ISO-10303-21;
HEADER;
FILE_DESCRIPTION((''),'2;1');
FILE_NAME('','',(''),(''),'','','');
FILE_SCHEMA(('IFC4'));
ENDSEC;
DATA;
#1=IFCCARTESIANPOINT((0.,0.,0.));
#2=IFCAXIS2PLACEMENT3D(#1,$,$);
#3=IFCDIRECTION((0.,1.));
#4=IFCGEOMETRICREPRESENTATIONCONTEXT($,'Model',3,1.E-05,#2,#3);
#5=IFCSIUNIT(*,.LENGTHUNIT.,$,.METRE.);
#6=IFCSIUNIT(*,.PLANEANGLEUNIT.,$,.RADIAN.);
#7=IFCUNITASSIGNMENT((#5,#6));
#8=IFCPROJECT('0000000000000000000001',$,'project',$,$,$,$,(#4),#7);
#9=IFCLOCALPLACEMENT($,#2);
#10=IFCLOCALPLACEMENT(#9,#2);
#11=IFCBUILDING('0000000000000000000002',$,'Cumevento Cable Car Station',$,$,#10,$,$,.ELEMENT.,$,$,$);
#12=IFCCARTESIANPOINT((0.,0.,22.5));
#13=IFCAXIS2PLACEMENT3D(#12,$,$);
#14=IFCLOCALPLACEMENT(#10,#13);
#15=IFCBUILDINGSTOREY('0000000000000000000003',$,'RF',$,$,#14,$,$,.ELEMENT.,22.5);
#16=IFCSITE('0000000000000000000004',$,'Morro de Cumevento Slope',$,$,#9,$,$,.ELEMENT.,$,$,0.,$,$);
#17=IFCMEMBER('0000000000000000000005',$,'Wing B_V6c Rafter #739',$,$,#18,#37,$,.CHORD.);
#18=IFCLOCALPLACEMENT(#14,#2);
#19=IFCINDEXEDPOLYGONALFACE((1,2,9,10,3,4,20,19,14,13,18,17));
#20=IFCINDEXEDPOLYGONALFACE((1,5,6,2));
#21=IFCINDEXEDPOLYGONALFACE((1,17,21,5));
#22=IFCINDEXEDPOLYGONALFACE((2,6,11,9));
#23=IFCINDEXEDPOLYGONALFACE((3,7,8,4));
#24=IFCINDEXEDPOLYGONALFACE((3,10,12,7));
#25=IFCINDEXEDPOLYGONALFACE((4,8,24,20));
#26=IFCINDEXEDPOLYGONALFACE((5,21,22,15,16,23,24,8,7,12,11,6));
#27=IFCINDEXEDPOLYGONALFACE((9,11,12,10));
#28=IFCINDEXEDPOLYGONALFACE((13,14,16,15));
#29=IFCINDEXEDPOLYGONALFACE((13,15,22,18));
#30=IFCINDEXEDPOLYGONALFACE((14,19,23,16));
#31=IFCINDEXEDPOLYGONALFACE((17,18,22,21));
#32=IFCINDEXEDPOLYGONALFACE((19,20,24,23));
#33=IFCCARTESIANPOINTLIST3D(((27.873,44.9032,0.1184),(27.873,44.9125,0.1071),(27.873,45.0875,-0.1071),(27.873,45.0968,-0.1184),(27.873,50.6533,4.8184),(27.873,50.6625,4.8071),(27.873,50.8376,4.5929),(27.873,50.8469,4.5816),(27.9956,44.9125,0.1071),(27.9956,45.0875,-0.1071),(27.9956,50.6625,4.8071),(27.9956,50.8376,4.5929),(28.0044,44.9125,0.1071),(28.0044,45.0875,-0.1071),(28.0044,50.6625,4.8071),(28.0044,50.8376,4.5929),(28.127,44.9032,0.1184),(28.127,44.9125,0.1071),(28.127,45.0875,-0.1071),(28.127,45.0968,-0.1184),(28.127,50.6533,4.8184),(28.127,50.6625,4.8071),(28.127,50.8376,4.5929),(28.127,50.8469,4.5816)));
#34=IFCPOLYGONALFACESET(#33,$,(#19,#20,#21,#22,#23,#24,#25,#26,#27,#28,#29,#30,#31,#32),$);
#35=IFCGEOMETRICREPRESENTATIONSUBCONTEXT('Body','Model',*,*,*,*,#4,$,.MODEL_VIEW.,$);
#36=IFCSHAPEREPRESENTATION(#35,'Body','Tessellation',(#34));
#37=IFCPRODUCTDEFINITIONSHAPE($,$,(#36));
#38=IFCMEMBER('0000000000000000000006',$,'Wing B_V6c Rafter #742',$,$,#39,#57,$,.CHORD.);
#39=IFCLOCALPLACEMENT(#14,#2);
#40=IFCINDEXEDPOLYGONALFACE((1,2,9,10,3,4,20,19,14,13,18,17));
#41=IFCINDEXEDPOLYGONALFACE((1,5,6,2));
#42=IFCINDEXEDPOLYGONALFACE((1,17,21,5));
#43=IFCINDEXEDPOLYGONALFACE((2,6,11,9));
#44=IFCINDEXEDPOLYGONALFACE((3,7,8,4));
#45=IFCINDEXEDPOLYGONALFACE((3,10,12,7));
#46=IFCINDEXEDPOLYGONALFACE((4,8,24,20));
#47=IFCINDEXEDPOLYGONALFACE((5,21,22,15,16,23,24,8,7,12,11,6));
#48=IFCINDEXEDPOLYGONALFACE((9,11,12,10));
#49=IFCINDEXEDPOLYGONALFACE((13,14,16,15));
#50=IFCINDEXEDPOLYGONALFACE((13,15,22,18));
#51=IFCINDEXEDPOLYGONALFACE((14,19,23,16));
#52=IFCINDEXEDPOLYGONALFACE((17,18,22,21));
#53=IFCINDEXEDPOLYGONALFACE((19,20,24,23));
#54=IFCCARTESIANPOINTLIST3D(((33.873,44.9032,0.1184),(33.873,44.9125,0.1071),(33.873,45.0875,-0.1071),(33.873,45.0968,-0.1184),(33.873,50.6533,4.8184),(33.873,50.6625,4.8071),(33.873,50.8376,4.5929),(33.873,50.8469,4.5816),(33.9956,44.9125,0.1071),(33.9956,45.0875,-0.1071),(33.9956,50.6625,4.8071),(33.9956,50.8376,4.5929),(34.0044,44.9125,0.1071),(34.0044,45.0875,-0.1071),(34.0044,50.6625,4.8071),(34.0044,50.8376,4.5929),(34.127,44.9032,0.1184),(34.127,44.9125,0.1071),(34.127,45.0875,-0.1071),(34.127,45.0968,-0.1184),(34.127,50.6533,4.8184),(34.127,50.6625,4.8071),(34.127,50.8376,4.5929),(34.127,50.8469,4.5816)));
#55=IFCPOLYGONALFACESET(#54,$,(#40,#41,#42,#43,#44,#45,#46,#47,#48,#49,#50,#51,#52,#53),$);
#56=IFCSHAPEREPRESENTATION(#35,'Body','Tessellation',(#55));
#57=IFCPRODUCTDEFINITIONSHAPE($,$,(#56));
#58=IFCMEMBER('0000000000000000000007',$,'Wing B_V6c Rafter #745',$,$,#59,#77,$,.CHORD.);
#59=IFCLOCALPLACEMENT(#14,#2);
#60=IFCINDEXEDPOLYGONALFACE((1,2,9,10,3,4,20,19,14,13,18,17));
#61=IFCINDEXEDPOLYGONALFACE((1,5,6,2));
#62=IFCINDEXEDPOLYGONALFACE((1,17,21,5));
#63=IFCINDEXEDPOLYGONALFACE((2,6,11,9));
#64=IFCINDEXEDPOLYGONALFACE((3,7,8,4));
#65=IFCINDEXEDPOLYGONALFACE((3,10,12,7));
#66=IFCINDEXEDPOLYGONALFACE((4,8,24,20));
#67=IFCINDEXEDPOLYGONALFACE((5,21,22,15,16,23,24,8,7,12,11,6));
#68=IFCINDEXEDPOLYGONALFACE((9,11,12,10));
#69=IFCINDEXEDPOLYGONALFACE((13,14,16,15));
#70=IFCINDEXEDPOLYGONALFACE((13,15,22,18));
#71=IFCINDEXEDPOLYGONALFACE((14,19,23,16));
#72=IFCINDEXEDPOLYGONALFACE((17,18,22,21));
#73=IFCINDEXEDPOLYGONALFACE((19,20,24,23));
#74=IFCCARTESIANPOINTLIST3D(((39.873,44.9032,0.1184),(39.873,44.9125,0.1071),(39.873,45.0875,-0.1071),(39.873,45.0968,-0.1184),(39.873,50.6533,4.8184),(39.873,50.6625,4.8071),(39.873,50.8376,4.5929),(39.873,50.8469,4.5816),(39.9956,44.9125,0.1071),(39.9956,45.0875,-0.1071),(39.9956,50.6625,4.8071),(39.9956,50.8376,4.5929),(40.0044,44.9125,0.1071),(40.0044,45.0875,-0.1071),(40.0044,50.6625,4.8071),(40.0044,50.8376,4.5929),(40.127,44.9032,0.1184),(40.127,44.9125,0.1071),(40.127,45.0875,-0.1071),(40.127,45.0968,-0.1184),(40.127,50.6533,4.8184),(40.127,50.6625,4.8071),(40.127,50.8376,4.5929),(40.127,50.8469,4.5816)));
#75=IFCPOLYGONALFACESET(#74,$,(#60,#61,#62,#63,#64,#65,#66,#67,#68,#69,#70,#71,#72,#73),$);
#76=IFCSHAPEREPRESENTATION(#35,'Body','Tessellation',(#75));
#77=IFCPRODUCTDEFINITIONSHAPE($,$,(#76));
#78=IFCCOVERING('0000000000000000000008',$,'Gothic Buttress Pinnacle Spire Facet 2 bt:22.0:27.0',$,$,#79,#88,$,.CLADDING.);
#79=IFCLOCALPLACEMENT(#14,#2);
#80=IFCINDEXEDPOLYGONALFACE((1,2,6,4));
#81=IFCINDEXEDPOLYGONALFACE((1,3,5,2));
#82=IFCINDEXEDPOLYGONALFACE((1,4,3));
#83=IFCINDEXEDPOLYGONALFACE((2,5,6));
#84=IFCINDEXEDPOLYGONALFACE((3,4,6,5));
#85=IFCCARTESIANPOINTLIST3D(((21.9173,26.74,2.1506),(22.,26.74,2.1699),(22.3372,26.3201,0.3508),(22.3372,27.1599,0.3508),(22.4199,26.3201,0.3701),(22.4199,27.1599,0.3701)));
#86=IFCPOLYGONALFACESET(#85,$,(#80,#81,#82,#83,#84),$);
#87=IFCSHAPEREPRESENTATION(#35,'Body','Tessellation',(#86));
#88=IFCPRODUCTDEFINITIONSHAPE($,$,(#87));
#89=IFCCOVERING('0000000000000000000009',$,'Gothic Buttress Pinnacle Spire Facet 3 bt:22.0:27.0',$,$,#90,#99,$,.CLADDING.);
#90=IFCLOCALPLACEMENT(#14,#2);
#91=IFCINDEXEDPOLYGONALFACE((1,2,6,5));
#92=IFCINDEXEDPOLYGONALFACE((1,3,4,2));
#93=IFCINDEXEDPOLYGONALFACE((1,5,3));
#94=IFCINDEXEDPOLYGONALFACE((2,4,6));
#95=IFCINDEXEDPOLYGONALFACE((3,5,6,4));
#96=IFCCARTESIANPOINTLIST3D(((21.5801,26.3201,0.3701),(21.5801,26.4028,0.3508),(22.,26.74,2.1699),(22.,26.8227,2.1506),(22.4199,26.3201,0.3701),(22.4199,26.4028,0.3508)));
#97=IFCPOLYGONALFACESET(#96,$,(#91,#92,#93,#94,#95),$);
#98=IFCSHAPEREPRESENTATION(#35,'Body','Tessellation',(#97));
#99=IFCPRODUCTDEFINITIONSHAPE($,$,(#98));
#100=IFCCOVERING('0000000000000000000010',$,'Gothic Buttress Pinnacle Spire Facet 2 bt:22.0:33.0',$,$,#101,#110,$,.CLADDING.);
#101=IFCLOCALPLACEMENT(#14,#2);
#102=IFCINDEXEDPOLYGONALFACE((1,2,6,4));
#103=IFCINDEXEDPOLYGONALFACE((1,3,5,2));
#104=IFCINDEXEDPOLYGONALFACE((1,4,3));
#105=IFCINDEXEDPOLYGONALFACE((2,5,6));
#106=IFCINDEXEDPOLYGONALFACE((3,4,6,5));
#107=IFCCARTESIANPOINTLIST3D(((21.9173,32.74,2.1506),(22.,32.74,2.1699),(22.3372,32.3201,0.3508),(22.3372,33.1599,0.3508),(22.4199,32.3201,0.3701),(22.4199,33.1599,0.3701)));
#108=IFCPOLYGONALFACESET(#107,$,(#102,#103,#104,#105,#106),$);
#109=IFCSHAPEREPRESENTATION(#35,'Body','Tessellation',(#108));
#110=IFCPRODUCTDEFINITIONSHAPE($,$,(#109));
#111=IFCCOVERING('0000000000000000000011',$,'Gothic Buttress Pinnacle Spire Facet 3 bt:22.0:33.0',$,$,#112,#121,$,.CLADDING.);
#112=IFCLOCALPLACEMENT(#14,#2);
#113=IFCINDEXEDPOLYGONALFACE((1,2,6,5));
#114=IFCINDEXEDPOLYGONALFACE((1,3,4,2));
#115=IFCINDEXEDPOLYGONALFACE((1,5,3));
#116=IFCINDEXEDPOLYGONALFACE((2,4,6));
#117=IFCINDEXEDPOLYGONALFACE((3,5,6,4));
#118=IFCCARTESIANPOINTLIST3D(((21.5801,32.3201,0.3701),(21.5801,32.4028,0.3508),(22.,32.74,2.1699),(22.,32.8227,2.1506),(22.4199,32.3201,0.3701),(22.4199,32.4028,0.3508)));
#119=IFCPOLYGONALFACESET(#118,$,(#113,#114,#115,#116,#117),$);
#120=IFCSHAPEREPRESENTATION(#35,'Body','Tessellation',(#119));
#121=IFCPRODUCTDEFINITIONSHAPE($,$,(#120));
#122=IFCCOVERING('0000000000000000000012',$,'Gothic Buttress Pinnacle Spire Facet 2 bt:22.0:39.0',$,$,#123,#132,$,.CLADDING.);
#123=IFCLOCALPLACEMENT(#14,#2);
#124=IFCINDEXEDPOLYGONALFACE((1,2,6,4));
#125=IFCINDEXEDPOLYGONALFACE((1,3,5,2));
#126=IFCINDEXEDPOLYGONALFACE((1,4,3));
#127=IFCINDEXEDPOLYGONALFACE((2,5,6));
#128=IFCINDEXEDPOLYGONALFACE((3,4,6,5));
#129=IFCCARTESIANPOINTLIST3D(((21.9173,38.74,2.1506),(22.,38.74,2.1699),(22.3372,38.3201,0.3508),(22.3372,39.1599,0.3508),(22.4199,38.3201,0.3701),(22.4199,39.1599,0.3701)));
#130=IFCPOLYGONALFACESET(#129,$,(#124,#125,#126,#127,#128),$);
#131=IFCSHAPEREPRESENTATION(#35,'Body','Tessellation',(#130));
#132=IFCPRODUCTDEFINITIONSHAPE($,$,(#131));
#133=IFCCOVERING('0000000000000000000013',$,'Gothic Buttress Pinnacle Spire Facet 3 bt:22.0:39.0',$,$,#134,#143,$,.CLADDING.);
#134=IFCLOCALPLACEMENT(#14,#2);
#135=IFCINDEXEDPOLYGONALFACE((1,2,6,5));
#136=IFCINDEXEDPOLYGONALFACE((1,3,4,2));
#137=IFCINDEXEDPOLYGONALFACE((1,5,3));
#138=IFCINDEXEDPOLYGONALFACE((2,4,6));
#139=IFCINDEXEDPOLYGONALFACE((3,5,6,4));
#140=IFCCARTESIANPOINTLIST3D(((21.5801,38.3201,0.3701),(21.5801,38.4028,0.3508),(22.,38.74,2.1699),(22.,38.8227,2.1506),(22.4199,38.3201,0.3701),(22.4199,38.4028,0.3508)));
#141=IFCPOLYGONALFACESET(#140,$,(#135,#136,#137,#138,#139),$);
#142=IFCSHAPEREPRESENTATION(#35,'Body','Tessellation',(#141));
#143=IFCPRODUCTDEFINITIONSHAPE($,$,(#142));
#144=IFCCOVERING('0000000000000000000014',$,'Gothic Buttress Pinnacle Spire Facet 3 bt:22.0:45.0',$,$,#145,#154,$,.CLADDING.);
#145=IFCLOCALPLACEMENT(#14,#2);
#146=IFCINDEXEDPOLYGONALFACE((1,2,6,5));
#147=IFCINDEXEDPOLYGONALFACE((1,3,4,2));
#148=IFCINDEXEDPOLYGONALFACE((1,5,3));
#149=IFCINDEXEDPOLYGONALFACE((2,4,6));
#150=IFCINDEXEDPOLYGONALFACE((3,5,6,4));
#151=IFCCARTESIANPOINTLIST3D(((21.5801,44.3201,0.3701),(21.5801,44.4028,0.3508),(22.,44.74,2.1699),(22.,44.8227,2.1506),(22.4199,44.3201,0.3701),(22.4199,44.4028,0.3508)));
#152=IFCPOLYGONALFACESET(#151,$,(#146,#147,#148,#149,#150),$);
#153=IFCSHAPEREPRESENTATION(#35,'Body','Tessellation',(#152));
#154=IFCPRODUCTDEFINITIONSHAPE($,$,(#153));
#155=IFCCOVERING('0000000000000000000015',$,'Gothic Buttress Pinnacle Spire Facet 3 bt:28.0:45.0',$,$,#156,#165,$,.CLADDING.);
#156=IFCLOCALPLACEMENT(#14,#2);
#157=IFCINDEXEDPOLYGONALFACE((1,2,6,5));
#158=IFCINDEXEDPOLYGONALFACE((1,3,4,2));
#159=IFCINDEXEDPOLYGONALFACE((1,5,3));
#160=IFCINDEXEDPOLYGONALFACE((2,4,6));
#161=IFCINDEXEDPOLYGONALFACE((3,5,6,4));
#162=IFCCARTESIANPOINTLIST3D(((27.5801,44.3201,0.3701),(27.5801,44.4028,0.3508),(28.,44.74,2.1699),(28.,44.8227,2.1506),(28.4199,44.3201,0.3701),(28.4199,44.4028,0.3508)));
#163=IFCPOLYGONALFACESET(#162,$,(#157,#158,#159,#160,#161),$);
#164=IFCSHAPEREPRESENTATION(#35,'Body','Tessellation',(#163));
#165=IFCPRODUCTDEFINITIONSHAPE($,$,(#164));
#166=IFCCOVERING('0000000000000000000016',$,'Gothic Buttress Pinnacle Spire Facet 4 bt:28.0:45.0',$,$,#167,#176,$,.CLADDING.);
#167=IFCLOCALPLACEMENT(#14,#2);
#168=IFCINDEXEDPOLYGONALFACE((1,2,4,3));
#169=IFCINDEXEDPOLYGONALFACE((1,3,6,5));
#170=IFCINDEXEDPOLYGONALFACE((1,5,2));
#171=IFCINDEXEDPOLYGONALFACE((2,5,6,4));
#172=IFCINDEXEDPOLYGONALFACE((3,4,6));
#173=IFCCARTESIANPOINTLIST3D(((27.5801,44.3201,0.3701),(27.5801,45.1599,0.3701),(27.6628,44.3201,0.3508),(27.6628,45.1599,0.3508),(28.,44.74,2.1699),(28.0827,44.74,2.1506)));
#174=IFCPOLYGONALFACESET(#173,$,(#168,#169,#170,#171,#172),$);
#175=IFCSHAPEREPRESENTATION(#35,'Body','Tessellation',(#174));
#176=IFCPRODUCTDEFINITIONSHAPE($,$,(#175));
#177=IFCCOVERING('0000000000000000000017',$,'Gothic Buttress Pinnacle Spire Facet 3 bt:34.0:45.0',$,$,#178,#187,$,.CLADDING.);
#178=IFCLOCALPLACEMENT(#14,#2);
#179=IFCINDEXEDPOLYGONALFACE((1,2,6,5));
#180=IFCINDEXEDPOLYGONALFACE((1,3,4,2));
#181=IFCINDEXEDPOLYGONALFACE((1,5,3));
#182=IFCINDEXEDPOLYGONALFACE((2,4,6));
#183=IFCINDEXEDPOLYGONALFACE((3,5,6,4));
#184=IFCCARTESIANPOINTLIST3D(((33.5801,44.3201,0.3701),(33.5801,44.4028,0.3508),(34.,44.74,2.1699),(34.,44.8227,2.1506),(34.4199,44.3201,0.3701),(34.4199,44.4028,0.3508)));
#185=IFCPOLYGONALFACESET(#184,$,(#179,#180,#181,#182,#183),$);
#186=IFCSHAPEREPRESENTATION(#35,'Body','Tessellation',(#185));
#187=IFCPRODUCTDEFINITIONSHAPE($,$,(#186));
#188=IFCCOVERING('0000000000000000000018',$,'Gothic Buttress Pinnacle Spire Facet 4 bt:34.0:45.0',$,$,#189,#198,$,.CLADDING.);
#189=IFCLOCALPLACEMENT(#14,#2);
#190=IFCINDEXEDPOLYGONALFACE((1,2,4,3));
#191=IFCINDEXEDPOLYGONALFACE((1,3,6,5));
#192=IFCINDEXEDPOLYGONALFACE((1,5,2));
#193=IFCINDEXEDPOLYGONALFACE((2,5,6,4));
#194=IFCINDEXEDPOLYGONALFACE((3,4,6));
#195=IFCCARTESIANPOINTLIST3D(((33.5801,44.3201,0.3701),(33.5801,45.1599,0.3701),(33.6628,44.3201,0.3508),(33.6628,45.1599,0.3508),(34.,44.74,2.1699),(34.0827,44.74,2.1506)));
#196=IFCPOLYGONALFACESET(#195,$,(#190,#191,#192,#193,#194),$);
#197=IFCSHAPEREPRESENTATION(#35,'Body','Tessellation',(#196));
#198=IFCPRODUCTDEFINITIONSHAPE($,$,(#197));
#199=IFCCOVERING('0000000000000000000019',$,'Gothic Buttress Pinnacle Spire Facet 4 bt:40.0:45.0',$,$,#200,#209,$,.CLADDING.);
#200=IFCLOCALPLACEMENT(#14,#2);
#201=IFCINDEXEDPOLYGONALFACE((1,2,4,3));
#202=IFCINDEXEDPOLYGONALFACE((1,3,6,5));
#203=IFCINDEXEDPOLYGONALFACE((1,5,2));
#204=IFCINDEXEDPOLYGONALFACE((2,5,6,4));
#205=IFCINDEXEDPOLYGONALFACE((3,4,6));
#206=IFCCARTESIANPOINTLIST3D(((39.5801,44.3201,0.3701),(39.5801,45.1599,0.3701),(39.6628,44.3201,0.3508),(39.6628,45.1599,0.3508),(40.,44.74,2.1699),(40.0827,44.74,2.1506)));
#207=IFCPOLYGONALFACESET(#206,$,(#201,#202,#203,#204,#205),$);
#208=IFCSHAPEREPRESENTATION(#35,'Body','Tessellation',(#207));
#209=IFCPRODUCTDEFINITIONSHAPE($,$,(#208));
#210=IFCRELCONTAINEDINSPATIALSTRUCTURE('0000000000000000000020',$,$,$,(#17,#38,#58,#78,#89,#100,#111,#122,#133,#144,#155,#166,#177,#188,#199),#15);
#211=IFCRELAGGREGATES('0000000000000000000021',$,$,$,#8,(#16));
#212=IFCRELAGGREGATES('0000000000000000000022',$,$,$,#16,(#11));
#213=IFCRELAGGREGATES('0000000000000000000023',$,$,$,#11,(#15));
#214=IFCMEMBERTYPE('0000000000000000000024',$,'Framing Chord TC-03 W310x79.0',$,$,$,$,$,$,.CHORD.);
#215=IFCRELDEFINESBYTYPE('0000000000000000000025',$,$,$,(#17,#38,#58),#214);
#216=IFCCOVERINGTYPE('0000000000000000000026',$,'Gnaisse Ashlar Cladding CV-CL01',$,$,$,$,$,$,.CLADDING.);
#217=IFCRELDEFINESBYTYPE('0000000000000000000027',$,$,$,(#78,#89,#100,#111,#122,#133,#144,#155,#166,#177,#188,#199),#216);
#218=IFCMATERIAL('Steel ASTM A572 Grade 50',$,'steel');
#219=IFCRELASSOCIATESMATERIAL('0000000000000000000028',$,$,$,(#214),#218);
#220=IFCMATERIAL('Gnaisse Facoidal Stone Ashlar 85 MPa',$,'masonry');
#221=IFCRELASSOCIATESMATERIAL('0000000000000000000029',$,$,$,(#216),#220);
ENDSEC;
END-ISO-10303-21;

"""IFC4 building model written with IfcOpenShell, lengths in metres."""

from ifc_helpers import new_model, si_unit, direction, frame, origin, origin_2d, place, context, subcontext, project, spatial, polyline, i_section, outline, extrude, material, material_profile, profile_set, type_object, element, save


model = new_model("IFC4")

# Units and contexts
model_context = context("Model", 3, precision=1e-05, world=origin(), true_north=direction((0.0, 1.0)))
body_context = subcontext(model_context, "Body", "Model", "MODEL_VIEW")
ifc_project = project(units=[si_unit("LENGTHUNIT", "METRE"), si_unit("PLANEANGLEUNIT", "RADIAN")], contexts=[model_context])

# Site, building, storey
site_placement = place(None, origin())
site = spatial("IfcSite", under=ifc_project, at=site_placement, Name="Morro de Cumevento Slope", CompositionType="ELEMENT", RefElevation=0.0)
building_placement = place(site_placement, origin())
building = spatial("IfcBuilding", under=site, at=building_placement, Name="Cumevento Cable Car Station", CompositionType="ELEMENT")
storey_placement = place(building_placement, frame((0.0, 0.0, 22.5)))
storey = spatial("IfcBuildingStorey", under=building, at=storey_placement, Name="RF", CompositionType="ELEMENT", Elevation=22.5)

# Members
ifc_material_1 = material(Name="Steel ASTM A572 Grade 50", Category="steel")
ifc_material_profile = material_profile(ifc_material_1, i_section(OverallWidth=0.2539, OverallDepth=0.3059, WebThickness=0.0088, FlangeThickness=0.0146, at=origin_2d()), Name="W310x79.0")
ifc_profile_set = profile_set([ifc_material_profile], Name="Steel ASTM A572 Grade 50")
member_type = type_object("IfcMemberType", Name="Framing Chord TC-03 W310x79.0", PredefinedType="CHORD", material=ifc_profile_set)
for number, where, z_axis, x_axis, name in (
    (1, (28.0, 45.0, 0.0), (0.0, 0.77426, 0.632867), (-1.0, 0.0, 0.0), "Wing B_V6c Rafter #739"),
    (2, (34.0, 45.0, 0.0), (0.0, 0.77426, 0.632867), (-1.0, 0.0, 0.0), "Wing B_V6c Rafter #742"),
    (3, (40.0, 45.0, 0.0), (0.0, 0.77426, 0.632867), (-1.0, 0.0, 0.0), "Wing B_V6c Rafter #745"),
):
    element("IfcMember", number, at=place(storey_placement, frame(where, z_axis=z_axis, x_axis=x_axis)), inside=storey, type_object=member_type, Name=name, PredefinedType="CHORD", context=body_context, shape_type="SweptSolid", body=[
        extrude(i_section(OverallWidth=0.2539, OverallDepth=0.3059, WebThickness=0.0088, FlangeThickness=0.0146, at=origin_2d()), origin(), (0.0, 0.0, 1.0), 7.4265),
    ])

# Coverings
ifc_material_2 = material(Name="Gnaisse Facoidal Stone Ashlar 85 MPa", Category="masonry")
covering_type = type_object("IfcCoveringType", Name="Gnaisse Ashlar Cladding CV-CL01", PredefinedType="CLADDING", material=ifc_material_2)
for number, where, z_axis, x_axis, name in (
    (4, (22.4199, 27.1599, 0.3701), (0.973845, 0.0, 0.227213), (0.0, -1.0, 0.0), "Gothic Buttress Pinnacle Spire Facet 2 bt:22.0:27.0"),
    (5, (22.4199, 26.3201, 0.3701), (0.0, -0.973845, 0.227213), (-1.0, 0.0, 0.0), "Gothic Buttress Pinnacle Spire Facet 3 bt:22.0:27.0"),
    (6, (22.4199, 33.1599, 0.3701), (0.973845, 0.0, 0.227213), (0.0, -1.0, 0.0), "Gothic Buttress Pinnacle Spire Facet 2 bt:22.0:33.0"),
    (7, (22.4199, 32.3201, 0.3701), (0.0, -0.973845, 0.227213), (-1.0, 0.0, 0.0), "Gothic Buttress Pinnacle Spire Facet 3 bt:22.0:33.0"),
    (8, (22.4199, 39.1599, 0.3701), (0.973845, 0.0, 0.227213), (0.0, -1.0, 0.0), "Gothic Buttress Pinnacle Spire Facet 2 bt:22.0:39.0"),
    (9, (22.4199, 38.3201, 0.3701), (0.0, -0.973845, 0.227213), (-1.0, 0.0, 0.0), "Gothic Buttress Pinnacle Spire Facet 3 bt:22.0:39.0"),
    (10, (22.4199, 44.3201, 0.3701), (0.0, -0.973845, 0.227213), (-1.0, 0.0, 0.0), "Gothic Buttress Pinnacle Spire Facet 3 bt:22.0:45.0"),
    (11, (28.4199, 44.3201, 0.3701), (0.0, -0.973845, 0.227213), (-1.0, 0.0, 0.0), "Gothic Buttress Pinnacle Spire Facet 3 bt:28.0:45.0"),
    (12, (27.5801, 44.3201, 0.3701), (-0.973845, 0.0, 0.227213), (0.0, 1.0, 0.0), "Gothic Buttress Pinnacle Spire Facet 4 bt:28.0:45.0"),
    (13, (34.4199, 44.3201, 0.3701), (0.0, -0.973845, 0.227213), (-1.0, 0.0, 0.0), "Gothic Buttress Pinnacle Spire Facet 3 bt:34.0:45.0"),
    (14, (33.5801, 44.3201, 0.3701), (-0.973845, 0.0, 0.227213), (0.0, 1.0, 0.0), "Gothic Buttress Pinnacle Spire Facet 4 bt:34.0:45.0"),
    (15, (39.5801, 44.3201, 0.3701), (-0.973845, 0.0, 0.227213), (0.0, 1.0, 0.0), "Gothic Buttress Pinnacle Spire Facet 4 bt:40.0:45.0"),
):
    element("IfcCovering", number, at=place(storey_placement, frame(where, z_axis=z_axis, x_axis=x_axis)), inside=storey, type_object=covering_type, Name=name, PredefinedType="CLADDING", context=body_context, shape_type="SweptSolid", body=[
        extrude(outline(polyline([(0.0, 0.0), (0.8398, 0.0), (0.4199, -1.8481), (0.0, 0.0)])), origin(), (0.0, 0.0, -1.0), 0.085),
    ])

save(model, "model.ifc")
